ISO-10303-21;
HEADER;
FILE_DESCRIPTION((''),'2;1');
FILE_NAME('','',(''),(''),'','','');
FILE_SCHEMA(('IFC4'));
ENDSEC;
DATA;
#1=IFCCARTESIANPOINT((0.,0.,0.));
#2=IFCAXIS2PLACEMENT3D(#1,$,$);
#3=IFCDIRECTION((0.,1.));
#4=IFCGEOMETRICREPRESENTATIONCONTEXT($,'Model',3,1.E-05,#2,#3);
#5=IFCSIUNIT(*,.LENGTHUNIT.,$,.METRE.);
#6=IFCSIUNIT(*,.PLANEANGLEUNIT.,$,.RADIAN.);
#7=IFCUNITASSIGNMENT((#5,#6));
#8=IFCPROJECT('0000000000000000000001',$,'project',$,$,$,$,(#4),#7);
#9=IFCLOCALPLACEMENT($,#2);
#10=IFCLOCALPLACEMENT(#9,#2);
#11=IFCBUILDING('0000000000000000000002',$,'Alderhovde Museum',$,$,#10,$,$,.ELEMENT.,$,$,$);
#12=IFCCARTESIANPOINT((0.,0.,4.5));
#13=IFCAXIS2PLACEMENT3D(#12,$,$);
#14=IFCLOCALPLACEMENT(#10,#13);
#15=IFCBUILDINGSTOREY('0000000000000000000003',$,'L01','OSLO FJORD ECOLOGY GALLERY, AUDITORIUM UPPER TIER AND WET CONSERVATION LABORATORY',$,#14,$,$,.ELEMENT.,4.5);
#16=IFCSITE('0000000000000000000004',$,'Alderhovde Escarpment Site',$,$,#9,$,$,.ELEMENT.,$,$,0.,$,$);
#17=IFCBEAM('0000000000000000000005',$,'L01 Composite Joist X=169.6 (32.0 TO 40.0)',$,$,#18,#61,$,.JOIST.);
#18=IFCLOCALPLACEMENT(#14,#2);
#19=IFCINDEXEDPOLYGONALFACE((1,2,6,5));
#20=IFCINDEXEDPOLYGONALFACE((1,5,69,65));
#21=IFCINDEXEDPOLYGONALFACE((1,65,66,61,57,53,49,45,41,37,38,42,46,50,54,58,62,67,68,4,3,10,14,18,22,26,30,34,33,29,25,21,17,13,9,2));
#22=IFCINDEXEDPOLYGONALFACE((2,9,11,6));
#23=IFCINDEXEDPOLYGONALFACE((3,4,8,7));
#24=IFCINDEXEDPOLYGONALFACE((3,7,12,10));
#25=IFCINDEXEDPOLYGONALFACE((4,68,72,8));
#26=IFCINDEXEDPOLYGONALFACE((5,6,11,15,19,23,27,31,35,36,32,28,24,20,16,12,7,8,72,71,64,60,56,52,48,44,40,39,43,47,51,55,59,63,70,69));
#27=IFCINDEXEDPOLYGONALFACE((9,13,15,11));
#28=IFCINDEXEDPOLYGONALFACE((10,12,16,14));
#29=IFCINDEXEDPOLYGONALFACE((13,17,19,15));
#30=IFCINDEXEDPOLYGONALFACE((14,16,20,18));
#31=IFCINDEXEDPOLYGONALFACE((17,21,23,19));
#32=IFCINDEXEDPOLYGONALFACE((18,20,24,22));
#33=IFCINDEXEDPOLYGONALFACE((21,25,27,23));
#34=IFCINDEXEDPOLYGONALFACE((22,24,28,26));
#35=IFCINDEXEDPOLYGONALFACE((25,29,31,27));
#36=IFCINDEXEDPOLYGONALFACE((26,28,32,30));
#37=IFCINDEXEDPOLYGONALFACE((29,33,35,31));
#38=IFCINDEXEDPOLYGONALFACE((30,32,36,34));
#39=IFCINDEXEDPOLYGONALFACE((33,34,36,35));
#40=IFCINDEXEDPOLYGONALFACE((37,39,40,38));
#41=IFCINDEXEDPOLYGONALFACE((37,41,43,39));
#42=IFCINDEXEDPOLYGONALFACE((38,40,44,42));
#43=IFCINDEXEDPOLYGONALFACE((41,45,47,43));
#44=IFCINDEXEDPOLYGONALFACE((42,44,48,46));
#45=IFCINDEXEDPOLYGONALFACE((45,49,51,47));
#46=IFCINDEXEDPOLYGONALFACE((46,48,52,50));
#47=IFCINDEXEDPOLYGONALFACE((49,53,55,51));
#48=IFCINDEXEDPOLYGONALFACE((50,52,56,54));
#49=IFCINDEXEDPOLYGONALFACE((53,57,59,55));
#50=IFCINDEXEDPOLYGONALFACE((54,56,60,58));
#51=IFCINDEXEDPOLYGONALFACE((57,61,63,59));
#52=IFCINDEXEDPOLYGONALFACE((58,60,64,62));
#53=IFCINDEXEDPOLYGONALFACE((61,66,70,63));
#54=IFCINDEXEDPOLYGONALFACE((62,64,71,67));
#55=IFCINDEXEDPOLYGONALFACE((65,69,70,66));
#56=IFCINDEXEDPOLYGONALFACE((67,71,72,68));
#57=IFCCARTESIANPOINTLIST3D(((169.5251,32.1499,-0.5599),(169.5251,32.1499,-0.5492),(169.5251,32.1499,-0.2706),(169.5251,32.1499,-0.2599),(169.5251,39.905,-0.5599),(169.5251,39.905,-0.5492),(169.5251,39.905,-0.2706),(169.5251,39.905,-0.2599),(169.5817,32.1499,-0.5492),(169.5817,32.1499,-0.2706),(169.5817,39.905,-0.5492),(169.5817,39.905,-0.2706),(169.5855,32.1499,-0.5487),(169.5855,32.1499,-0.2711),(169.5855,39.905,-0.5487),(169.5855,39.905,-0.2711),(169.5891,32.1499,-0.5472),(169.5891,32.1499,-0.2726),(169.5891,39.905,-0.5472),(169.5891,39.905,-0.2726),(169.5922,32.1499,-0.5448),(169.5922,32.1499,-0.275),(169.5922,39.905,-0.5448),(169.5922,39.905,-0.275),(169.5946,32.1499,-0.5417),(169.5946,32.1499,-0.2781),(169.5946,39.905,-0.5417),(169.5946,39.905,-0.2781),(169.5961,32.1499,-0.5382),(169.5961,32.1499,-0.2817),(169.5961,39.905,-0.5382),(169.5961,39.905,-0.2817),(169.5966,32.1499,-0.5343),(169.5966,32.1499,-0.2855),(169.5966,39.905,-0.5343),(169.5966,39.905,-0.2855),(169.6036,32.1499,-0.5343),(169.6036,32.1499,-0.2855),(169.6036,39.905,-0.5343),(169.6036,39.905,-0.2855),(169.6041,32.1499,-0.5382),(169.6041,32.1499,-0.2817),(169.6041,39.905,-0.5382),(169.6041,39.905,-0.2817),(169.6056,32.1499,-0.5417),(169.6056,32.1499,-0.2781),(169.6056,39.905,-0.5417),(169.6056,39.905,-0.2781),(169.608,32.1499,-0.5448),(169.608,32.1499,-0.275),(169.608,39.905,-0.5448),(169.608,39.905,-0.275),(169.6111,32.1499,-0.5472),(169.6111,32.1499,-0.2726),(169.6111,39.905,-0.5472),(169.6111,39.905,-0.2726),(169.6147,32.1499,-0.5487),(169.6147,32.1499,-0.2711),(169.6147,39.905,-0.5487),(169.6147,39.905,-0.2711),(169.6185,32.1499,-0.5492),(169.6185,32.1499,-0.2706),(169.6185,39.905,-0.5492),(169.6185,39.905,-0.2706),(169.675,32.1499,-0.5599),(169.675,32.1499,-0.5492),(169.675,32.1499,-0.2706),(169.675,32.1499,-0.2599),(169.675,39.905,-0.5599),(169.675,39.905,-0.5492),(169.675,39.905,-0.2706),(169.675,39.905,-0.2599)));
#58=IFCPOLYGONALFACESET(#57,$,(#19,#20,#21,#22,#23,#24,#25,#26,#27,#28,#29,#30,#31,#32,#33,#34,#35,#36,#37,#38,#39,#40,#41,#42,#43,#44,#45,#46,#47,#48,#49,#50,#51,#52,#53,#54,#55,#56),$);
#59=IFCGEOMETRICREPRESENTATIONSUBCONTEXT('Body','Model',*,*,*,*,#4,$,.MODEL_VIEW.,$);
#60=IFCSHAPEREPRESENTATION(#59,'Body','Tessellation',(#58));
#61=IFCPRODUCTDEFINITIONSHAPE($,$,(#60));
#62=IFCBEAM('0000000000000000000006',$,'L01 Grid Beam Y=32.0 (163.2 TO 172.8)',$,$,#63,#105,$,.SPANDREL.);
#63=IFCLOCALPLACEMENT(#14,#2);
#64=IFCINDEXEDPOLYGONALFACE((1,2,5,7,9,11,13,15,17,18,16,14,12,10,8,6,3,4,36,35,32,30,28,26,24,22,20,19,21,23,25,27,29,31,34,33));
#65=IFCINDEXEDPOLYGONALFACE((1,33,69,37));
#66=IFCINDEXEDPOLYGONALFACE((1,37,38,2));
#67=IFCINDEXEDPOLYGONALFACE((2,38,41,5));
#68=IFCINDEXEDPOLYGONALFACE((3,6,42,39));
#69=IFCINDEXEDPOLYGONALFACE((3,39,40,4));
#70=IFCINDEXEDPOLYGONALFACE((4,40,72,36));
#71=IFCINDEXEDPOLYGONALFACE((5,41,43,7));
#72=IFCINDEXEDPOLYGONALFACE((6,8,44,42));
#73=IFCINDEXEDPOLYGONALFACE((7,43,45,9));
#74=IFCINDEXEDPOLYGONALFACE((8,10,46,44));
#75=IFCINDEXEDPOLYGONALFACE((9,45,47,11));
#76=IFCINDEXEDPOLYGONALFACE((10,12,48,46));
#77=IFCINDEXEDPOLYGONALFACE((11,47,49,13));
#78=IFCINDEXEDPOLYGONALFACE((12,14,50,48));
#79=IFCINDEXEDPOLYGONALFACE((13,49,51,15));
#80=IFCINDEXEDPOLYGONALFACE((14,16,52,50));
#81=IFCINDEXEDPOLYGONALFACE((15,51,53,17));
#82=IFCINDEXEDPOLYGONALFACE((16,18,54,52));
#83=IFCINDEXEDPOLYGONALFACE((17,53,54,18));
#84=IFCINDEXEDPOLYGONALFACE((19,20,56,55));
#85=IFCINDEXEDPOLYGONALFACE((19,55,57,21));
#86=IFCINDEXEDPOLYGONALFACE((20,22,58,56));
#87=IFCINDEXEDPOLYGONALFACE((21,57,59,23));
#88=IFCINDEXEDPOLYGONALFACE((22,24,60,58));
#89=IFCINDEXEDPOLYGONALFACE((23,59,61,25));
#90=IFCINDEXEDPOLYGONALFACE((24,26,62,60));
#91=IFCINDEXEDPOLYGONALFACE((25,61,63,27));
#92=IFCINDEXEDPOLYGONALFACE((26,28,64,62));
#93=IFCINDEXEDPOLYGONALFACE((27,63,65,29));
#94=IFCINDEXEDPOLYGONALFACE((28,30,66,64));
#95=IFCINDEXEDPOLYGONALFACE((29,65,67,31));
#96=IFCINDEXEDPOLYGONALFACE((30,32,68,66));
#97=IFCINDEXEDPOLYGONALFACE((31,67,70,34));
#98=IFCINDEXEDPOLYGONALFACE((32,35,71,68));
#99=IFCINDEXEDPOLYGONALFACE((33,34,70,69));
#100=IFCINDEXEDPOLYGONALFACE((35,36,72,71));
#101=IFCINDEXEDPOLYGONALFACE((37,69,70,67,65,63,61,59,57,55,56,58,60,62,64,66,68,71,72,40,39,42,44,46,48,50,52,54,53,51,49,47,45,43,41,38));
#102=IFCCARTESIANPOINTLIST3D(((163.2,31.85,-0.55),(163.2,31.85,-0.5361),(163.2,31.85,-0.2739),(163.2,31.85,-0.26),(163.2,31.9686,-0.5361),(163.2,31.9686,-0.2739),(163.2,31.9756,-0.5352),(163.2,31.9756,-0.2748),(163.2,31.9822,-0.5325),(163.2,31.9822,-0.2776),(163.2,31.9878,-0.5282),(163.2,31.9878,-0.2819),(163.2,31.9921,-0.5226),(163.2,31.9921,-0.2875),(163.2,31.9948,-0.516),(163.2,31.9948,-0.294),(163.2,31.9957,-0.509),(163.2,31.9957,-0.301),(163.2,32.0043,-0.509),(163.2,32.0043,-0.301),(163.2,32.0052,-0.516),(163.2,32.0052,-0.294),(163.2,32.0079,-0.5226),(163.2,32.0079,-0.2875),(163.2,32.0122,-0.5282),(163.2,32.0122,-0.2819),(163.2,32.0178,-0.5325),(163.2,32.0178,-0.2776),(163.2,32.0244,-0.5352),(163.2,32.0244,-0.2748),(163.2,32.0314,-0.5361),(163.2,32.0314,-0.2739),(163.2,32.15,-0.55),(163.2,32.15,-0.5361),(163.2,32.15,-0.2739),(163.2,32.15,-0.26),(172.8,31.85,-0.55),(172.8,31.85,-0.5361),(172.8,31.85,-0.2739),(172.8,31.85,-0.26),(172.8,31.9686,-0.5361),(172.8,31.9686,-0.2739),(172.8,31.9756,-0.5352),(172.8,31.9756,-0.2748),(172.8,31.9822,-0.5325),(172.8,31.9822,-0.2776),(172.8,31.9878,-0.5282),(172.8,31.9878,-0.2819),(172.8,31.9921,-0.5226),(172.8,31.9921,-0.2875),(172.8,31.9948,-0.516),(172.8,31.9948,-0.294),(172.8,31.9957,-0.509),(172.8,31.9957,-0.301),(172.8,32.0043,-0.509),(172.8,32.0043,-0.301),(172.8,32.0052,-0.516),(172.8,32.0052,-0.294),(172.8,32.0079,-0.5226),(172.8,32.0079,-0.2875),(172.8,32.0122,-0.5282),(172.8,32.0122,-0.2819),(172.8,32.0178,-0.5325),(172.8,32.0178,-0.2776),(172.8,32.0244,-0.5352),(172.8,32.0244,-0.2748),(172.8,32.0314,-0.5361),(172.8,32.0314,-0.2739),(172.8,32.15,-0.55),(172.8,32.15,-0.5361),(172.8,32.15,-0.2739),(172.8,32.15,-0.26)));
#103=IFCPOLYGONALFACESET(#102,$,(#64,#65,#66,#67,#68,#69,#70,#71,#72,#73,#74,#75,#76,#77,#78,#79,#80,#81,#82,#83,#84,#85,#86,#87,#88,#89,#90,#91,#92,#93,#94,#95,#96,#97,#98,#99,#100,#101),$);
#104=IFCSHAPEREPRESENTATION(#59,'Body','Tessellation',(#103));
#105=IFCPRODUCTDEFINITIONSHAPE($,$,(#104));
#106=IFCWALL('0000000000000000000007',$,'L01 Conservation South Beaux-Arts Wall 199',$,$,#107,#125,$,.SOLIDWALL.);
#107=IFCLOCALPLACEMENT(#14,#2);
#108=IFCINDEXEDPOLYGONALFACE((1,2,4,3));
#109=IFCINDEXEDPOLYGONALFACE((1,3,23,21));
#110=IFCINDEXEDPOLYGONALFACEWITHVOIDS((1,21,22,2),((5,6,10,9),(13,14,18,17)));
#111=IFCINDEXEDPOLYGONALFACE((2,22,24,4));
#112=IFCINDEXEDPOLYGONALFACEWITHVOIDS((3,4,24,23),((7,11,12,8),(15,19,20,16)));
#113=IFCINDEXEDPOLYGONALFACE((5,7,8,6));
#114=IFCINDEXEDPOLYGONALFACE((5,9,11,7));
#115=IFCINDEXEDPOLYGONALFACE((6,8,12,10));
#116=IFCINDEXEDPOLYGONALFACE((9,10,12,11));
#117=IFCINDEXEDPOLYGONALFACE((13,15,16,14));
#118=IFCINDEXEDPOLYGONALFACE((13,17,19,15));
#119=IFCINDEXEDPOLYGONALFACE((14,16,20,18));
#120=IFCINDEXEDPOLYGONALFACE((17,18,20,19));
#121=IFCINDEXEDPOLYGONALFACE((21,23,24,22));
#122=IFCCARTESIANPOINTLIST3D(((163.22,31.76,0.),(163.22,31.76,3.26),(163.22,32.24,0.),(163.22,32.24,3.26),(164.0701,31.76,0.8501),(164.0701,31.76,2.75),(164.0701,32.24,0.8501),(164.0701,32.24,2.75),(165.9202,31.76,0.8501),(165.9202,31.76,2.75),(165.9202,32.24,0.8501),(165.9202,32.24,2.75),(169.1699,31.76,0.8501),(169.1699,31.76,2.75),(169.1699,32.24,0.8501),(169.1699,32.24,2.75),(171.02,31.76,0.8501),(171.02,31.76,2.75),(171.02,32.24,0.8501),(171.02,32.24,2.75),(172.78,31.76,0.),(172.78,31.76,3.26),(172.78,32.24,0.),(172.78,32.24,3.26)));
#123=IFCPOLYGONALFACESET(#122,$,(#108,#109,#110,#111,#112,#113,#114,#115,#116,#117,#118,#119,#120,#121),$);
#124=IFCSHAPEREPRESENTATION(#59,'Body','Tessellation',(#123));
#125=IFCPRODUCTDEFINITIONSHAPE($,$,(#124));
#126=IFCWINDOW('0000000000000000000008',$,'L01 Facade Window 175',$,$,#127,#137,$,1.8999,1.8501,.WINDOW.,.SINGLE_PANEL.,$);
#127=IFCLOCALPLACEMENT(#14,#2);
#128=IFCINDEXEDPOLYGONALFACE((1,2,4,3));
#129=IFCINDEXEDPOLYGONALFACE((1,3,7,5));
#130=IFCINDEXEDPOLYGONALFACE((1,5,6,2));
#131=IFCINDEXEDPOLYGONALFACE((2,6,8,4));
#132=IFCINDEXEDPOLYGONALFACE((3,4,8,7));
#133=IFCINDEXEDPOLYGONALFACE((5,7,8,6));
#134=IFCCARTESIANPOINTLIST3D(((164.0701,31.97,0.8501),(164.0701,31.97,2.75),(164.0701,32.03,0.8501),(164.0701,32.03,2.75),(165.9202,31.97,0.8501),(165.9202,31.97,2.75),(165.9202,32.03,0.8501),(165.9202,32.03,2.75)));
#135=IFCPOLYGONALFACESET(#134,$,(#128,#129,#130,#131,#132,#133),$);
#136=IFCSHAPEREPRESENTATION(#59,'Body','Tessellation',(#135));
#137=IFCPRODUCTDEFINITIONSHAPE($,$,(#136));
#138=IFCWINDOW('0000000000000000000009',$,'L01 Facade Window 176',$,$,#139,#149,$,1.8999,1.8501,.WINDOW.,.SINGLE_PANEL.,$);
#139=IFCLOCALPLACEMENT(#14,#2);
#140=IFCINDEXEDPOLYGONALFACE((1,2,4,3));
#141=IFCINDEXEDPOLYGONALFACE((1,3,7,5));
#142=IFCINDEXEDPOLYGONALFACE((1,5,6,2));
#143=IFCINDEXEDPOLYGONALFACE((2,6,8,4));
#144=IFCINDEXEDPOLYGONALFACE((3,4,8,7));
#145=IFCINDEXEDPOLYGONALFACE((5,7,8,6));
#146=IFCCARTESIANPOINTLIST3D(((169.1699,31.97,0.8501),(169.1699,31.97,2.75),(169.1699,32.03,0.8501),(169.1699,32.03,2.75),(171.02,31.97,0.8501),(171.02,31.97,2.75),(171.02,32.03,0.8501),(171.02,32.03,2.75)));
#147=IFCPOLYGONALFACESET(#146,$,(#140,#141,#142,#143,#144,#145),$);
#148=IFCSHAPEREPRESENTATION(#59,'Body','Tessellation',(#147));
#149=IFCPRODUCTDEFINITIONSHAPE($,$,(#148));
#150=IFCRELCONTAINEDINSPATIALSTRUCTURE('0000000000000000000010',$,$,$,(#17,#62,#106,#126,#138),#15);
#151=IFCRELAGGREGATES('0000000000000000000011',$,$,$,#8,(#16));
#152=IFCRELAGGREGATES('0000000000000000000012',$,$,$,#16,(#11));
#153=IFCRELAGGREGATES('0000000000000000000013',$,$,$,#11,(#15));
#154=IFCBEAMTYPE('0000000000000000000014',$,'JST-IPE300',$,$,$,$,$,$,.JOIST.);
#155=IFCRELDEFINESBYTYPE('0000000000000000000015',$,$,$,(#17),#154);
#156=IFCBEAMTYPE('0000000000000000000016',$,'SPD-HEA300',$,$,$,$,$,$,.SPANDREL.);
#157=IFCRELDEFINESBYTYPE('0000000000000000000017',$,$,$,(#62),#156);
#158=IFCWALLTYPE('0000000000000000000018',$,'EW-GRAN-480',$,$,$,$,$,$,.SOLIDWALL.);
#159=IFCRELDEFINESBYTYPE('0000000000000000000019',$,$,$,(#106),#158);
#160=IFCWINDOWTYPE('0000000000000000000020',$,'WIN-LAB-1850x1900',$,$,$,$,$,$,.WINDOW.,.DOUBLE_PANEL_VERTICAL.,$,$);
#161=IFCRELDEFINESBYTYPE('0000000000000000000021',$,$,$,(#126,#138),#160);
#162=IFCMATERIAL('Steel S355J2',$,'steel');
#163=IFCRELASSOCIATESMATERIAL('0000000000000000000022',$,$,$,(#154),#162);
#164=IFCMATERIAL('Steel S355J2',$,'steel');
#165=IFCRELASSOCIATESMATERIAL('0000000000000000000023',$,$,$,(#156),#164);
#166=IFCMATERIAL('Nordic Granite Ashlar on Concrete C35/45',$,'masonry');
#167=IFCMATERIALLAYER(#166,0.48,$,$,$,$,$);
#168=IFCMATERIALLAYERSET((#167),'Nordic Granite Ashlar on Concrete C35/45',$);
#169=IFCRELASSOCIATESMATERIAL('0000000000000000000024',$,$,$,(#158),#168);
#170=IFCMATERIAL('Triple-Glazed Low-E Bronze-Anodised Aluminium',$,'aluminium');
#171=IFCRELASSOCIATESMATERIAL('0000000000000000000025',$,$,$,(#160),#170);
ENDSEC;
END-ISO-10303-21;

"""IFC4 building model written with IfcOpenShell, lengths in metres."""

from ifc_helpers import new_model, si_unit, direction, frame, frame_2d, origin, origin_2d, place, context, subcontext, project, spatial, rectangle, i_section, extrude, material, layer, layer_set, material_profile, profile_set, type_object, element, fill, save


model = new_model("IFC4")

# Units and contexts
model_context = context("Model", 3, precision=1e-05, world=origin(), true_north=direction((0.0, 1.0)))
body_context = subcontext(model_context, "Body", "Model", "MODEL_VIEW")
ifc_project = project(units=[si_unit("LENGTHUNIT", "METRE"), si_unit("PLANEANGLEUNIT", "RADIAN")], contexts=[model_context])

# Site, building, storey
site_placement = place(None, origin())
site = spatial("IfcSite", under=ifc_project, at=site_placement, Name="Alderhovde Escarpment Site", CompositionType="ELEMENT", RefElevation=0.0)
building_placement = place(site_placement, origin())
building = spatial("IfcBuilding", under=site, at=building_placement, Name="Alderhovde Museum", CompositionType="ELEMENT")
storey_placement = place(building_placement, frame((0.0, 0.0, 4.5)))
storey = spatial("IfcBuildingStorey", under=building, at=storey_placement, Name="L01", Description="OSLO FJORD ECOLOGY GALLERY, AUDITORIUM UPPER TIER AND WET CONSERVATION LABORATORY", CompositionType="ELEMENT", Elevation=4.5)

# Beams
ifc_material_1 = material(Name="Steel S355J2", Category="steel")
ifc_material_profile_1 = material_profile(ifc_material_1, i_section(OverallWidth=0.1499, OverallDepth=0.3, WebThickness=0.0071, FlangeThickness=0.0107, FilletRadius=0.0149, at=origin_2d()), Name="IPE 300")
ifc_profile_set_1 = profile_set([ifc_material_profile_1], Name="Steel S355J2")
beam_type_1 = type_object("IfcBeamType", Name="JST-IPE300", PredefinedType="JOIST", material=ifc_profile_set_1)
for number, where, z_axis, x_axis, name in (
    (1, (169.6001, 32.1499, -0.4099), (0.0, 1.0, 0.0), (-1.0, 0.0, 0.0), "L01 Composite Joist X=169.6 (32.0 TO 40.0)"),
):
    element("IfcBeam", number, at=place(storey_placement, frame(where, z_axis=z_axis, x_axis=x_axis)), inside=storey, type_object=beam_type_1, Name=name, PredefinedType="JOIST", context=body_context, shape_type="SweptSolid", body=[
        extrude(i_section(OverallWidth=0.1499, OverallDepth=0.3, WebThickness=0.0071, FlangeThickness=0.0107, FilletRadius=0.0149, at=origin_2d()), origin(), (0.0, 0.0, 1.0), 7.7551),
    ])
ifc_material_2 = material(Name="Steel S355J2", Category="steel")
ifc_material_profile_2 = material_profile(ifc_material_2, i_section(OverallWidth=0.3, OverallDepth=0.29, WebThickness=0.0085, FlangeThickness=0.0139, FilletRadius=0.0271, at=origin_2d()), Name="HEA 300")
ifc_profile_set_2 = profile_set([ifc_material_profile_2], Name="Steel S355J2")
beam_type_2 = type_object("IfcBeamType", Name="SPD-HEA300", PredefinedType="SPANDREL", material=ifc_profile_set_2)
beam_1_placement = place(storey_placement, frame((163.2, 32.0, -0.405), z_axis=(1.0, 0.0, 0.0), x_axis=(0.0, 1.0, 0.0)))
element("IfcBeam", 2, at=beam_1_placement, inside=storey, type_object=beam_type_2, Name="L01 Grid Beam Y=32.0 (163.2 TO 172.8)", PredefinedType="SPANDREL", context=body_context, shape_type="SweptSolid", body=[
    extrude(i_section(OverallWidth=0.3, OverallDepth=0.29, WebThickness=0.0085, FlangeThickness=0.0139, FilletRadius=0.0271, at=origin_2d()), origin(), (0.0, 0.0, 1.0), 9.6001),
])

# Wall, openings, windows
ifc_material_3 = material(Name="Nordic Granite Ashlar on Concrete C35/45", Category="masonry")
ifc_layer_1 = layer(ifc_material_3, 0.48)
ifc_layer_set_1 = layer_set([ifc_layer_1], Name="Nordic Granite Ashlar on Concrete C35/45")
wall_type_1 = type_object("IfcWallType", Name="EW-GRAN-480", PredefinedType="SOLIDWALL", material=ifc_layer_set_1)
wall_1_placement = place(storey_placement, frame((163.22, 32.0, 0.0), z_axis=(0.0, 0.0, 1.0), x_axis=(1.0, 0.0, 0.0)))
wall_1 = element("IfcWall", 3, at=wall_1_placement, inside=storey, type_object=wall_type_1, Name="L01 Conservation South Beaux-Arts Wall 199", PredefinedType="SOLIDWALL", context=body_context, shape_type="SweptSolid", body=[
    extrude(rectangle(XDim=9.5601, YDim=0.48, at=frame_2d((4.78, 0.0))), origin(), (0.0, 0.0, 1.0), 3.26),
])
opening_1_placement = place(wall_1_placement, frame((0.8501, 0.0, 0.8501)))
opening_1 = element("IfcOpeningElement", 4, at=opening_1_placement, cuts=wall_1, PredefinedType="OPENING", context=body_context, shape_type="SweptSolid", body=[
    extrude(rectangle(XDim=1.8501, YDim=1.8999, at=frame_2d((0.925, 0.95))), frame((0.0, 0.25, 0.0), z_axis=(0.0, -1.0, 0.0), x_axis=(1.0, 0.0, 0.0)), (0.0, 0.0, 1.0), 0.5),
])
opening_2_placement = place(wall_1_placement, frame((5.95, 0.0, 0.8501)))
opening_2 = element("IfcOpeningElement", 5, at=opening_2_placement, cuts=wall_1, PredefinedType="OPENING", context=body_context, shape_type="SweptSolid", body=[
    extrude(rectangle(XDim=1.8501, YDim=1.8999, at=frame_2d((0.925, 0.95))), frame((0.0, 0.25, 0.0), z_axis=(0.0, -1.0, 0.0), x_axis=(1.0, 0.0, 0.0)), (0.0, 0.0, 1.0), 0.5),
])
ifc_material_4 = material(Name="Triple-Glazed Low-E Bronze-Anodised Aluminium", Category="aluminium")
window_type_1 = type_object("IfcWindowType", Name="WIN-LAB-1850x1900", PartitioningType="DOUBLE_PANEL_VERTICAL", PredefinedType="WINDOW", material=ifc_material_4)
window_1_placement = place(opening_1_placement, origin())
window_1 = element("IfcWindow", 6, at=window_1_placement, inside=storey, type_object=window_type_1, Name="L01 Facade Window 175", OverallHeight=1.8999, OverallWidth=1.8501, PartitioningType="SINGLE_PANEL", PredefinedType="WINDOW", context=body_context, shape_type="SweptSolid", body=[
    extrude(rectangle(XDim=1.8501, YDim=1.8999, at=frame_2d((0.925, 0.95))), frame((0.0, 0.03, 0.0), z_axis=(0.0, -1.0, 0.0), x_axis=(1.0, 0.0, 0.0)), (0.0, 0.0, 1.0), 0.0601),
])
fill(opening_1, window_1)
window_2_placement = place(opening_2_placement, origin())
window_2 = element("IfcWindow", 7, at=window_2_placement, inside=storey, type_object=window_type_1, Name="L01 Facade Window 176", OverallHeight=1.8999, OverallWidth=1.8501, PartitioningType="SINGLE_PANEL", PredefinedType="WINDOW", context=body_context, shape_type="SweptSolid", body=[
    extrude(rectangle(XDim=1.8501, YDim=1.8999, at=frame_2d((0.925, 0.95))), frame((0.0, 0.03, 0.0), z_axis=(0.0, -1.0, 0.0), x_axis=(1.0, 0.0, 0.0)), (0.0, 0.0, 1.0), 0.0601),
])
fill(opening_2, window_2)

save(model, "model.ifc")
